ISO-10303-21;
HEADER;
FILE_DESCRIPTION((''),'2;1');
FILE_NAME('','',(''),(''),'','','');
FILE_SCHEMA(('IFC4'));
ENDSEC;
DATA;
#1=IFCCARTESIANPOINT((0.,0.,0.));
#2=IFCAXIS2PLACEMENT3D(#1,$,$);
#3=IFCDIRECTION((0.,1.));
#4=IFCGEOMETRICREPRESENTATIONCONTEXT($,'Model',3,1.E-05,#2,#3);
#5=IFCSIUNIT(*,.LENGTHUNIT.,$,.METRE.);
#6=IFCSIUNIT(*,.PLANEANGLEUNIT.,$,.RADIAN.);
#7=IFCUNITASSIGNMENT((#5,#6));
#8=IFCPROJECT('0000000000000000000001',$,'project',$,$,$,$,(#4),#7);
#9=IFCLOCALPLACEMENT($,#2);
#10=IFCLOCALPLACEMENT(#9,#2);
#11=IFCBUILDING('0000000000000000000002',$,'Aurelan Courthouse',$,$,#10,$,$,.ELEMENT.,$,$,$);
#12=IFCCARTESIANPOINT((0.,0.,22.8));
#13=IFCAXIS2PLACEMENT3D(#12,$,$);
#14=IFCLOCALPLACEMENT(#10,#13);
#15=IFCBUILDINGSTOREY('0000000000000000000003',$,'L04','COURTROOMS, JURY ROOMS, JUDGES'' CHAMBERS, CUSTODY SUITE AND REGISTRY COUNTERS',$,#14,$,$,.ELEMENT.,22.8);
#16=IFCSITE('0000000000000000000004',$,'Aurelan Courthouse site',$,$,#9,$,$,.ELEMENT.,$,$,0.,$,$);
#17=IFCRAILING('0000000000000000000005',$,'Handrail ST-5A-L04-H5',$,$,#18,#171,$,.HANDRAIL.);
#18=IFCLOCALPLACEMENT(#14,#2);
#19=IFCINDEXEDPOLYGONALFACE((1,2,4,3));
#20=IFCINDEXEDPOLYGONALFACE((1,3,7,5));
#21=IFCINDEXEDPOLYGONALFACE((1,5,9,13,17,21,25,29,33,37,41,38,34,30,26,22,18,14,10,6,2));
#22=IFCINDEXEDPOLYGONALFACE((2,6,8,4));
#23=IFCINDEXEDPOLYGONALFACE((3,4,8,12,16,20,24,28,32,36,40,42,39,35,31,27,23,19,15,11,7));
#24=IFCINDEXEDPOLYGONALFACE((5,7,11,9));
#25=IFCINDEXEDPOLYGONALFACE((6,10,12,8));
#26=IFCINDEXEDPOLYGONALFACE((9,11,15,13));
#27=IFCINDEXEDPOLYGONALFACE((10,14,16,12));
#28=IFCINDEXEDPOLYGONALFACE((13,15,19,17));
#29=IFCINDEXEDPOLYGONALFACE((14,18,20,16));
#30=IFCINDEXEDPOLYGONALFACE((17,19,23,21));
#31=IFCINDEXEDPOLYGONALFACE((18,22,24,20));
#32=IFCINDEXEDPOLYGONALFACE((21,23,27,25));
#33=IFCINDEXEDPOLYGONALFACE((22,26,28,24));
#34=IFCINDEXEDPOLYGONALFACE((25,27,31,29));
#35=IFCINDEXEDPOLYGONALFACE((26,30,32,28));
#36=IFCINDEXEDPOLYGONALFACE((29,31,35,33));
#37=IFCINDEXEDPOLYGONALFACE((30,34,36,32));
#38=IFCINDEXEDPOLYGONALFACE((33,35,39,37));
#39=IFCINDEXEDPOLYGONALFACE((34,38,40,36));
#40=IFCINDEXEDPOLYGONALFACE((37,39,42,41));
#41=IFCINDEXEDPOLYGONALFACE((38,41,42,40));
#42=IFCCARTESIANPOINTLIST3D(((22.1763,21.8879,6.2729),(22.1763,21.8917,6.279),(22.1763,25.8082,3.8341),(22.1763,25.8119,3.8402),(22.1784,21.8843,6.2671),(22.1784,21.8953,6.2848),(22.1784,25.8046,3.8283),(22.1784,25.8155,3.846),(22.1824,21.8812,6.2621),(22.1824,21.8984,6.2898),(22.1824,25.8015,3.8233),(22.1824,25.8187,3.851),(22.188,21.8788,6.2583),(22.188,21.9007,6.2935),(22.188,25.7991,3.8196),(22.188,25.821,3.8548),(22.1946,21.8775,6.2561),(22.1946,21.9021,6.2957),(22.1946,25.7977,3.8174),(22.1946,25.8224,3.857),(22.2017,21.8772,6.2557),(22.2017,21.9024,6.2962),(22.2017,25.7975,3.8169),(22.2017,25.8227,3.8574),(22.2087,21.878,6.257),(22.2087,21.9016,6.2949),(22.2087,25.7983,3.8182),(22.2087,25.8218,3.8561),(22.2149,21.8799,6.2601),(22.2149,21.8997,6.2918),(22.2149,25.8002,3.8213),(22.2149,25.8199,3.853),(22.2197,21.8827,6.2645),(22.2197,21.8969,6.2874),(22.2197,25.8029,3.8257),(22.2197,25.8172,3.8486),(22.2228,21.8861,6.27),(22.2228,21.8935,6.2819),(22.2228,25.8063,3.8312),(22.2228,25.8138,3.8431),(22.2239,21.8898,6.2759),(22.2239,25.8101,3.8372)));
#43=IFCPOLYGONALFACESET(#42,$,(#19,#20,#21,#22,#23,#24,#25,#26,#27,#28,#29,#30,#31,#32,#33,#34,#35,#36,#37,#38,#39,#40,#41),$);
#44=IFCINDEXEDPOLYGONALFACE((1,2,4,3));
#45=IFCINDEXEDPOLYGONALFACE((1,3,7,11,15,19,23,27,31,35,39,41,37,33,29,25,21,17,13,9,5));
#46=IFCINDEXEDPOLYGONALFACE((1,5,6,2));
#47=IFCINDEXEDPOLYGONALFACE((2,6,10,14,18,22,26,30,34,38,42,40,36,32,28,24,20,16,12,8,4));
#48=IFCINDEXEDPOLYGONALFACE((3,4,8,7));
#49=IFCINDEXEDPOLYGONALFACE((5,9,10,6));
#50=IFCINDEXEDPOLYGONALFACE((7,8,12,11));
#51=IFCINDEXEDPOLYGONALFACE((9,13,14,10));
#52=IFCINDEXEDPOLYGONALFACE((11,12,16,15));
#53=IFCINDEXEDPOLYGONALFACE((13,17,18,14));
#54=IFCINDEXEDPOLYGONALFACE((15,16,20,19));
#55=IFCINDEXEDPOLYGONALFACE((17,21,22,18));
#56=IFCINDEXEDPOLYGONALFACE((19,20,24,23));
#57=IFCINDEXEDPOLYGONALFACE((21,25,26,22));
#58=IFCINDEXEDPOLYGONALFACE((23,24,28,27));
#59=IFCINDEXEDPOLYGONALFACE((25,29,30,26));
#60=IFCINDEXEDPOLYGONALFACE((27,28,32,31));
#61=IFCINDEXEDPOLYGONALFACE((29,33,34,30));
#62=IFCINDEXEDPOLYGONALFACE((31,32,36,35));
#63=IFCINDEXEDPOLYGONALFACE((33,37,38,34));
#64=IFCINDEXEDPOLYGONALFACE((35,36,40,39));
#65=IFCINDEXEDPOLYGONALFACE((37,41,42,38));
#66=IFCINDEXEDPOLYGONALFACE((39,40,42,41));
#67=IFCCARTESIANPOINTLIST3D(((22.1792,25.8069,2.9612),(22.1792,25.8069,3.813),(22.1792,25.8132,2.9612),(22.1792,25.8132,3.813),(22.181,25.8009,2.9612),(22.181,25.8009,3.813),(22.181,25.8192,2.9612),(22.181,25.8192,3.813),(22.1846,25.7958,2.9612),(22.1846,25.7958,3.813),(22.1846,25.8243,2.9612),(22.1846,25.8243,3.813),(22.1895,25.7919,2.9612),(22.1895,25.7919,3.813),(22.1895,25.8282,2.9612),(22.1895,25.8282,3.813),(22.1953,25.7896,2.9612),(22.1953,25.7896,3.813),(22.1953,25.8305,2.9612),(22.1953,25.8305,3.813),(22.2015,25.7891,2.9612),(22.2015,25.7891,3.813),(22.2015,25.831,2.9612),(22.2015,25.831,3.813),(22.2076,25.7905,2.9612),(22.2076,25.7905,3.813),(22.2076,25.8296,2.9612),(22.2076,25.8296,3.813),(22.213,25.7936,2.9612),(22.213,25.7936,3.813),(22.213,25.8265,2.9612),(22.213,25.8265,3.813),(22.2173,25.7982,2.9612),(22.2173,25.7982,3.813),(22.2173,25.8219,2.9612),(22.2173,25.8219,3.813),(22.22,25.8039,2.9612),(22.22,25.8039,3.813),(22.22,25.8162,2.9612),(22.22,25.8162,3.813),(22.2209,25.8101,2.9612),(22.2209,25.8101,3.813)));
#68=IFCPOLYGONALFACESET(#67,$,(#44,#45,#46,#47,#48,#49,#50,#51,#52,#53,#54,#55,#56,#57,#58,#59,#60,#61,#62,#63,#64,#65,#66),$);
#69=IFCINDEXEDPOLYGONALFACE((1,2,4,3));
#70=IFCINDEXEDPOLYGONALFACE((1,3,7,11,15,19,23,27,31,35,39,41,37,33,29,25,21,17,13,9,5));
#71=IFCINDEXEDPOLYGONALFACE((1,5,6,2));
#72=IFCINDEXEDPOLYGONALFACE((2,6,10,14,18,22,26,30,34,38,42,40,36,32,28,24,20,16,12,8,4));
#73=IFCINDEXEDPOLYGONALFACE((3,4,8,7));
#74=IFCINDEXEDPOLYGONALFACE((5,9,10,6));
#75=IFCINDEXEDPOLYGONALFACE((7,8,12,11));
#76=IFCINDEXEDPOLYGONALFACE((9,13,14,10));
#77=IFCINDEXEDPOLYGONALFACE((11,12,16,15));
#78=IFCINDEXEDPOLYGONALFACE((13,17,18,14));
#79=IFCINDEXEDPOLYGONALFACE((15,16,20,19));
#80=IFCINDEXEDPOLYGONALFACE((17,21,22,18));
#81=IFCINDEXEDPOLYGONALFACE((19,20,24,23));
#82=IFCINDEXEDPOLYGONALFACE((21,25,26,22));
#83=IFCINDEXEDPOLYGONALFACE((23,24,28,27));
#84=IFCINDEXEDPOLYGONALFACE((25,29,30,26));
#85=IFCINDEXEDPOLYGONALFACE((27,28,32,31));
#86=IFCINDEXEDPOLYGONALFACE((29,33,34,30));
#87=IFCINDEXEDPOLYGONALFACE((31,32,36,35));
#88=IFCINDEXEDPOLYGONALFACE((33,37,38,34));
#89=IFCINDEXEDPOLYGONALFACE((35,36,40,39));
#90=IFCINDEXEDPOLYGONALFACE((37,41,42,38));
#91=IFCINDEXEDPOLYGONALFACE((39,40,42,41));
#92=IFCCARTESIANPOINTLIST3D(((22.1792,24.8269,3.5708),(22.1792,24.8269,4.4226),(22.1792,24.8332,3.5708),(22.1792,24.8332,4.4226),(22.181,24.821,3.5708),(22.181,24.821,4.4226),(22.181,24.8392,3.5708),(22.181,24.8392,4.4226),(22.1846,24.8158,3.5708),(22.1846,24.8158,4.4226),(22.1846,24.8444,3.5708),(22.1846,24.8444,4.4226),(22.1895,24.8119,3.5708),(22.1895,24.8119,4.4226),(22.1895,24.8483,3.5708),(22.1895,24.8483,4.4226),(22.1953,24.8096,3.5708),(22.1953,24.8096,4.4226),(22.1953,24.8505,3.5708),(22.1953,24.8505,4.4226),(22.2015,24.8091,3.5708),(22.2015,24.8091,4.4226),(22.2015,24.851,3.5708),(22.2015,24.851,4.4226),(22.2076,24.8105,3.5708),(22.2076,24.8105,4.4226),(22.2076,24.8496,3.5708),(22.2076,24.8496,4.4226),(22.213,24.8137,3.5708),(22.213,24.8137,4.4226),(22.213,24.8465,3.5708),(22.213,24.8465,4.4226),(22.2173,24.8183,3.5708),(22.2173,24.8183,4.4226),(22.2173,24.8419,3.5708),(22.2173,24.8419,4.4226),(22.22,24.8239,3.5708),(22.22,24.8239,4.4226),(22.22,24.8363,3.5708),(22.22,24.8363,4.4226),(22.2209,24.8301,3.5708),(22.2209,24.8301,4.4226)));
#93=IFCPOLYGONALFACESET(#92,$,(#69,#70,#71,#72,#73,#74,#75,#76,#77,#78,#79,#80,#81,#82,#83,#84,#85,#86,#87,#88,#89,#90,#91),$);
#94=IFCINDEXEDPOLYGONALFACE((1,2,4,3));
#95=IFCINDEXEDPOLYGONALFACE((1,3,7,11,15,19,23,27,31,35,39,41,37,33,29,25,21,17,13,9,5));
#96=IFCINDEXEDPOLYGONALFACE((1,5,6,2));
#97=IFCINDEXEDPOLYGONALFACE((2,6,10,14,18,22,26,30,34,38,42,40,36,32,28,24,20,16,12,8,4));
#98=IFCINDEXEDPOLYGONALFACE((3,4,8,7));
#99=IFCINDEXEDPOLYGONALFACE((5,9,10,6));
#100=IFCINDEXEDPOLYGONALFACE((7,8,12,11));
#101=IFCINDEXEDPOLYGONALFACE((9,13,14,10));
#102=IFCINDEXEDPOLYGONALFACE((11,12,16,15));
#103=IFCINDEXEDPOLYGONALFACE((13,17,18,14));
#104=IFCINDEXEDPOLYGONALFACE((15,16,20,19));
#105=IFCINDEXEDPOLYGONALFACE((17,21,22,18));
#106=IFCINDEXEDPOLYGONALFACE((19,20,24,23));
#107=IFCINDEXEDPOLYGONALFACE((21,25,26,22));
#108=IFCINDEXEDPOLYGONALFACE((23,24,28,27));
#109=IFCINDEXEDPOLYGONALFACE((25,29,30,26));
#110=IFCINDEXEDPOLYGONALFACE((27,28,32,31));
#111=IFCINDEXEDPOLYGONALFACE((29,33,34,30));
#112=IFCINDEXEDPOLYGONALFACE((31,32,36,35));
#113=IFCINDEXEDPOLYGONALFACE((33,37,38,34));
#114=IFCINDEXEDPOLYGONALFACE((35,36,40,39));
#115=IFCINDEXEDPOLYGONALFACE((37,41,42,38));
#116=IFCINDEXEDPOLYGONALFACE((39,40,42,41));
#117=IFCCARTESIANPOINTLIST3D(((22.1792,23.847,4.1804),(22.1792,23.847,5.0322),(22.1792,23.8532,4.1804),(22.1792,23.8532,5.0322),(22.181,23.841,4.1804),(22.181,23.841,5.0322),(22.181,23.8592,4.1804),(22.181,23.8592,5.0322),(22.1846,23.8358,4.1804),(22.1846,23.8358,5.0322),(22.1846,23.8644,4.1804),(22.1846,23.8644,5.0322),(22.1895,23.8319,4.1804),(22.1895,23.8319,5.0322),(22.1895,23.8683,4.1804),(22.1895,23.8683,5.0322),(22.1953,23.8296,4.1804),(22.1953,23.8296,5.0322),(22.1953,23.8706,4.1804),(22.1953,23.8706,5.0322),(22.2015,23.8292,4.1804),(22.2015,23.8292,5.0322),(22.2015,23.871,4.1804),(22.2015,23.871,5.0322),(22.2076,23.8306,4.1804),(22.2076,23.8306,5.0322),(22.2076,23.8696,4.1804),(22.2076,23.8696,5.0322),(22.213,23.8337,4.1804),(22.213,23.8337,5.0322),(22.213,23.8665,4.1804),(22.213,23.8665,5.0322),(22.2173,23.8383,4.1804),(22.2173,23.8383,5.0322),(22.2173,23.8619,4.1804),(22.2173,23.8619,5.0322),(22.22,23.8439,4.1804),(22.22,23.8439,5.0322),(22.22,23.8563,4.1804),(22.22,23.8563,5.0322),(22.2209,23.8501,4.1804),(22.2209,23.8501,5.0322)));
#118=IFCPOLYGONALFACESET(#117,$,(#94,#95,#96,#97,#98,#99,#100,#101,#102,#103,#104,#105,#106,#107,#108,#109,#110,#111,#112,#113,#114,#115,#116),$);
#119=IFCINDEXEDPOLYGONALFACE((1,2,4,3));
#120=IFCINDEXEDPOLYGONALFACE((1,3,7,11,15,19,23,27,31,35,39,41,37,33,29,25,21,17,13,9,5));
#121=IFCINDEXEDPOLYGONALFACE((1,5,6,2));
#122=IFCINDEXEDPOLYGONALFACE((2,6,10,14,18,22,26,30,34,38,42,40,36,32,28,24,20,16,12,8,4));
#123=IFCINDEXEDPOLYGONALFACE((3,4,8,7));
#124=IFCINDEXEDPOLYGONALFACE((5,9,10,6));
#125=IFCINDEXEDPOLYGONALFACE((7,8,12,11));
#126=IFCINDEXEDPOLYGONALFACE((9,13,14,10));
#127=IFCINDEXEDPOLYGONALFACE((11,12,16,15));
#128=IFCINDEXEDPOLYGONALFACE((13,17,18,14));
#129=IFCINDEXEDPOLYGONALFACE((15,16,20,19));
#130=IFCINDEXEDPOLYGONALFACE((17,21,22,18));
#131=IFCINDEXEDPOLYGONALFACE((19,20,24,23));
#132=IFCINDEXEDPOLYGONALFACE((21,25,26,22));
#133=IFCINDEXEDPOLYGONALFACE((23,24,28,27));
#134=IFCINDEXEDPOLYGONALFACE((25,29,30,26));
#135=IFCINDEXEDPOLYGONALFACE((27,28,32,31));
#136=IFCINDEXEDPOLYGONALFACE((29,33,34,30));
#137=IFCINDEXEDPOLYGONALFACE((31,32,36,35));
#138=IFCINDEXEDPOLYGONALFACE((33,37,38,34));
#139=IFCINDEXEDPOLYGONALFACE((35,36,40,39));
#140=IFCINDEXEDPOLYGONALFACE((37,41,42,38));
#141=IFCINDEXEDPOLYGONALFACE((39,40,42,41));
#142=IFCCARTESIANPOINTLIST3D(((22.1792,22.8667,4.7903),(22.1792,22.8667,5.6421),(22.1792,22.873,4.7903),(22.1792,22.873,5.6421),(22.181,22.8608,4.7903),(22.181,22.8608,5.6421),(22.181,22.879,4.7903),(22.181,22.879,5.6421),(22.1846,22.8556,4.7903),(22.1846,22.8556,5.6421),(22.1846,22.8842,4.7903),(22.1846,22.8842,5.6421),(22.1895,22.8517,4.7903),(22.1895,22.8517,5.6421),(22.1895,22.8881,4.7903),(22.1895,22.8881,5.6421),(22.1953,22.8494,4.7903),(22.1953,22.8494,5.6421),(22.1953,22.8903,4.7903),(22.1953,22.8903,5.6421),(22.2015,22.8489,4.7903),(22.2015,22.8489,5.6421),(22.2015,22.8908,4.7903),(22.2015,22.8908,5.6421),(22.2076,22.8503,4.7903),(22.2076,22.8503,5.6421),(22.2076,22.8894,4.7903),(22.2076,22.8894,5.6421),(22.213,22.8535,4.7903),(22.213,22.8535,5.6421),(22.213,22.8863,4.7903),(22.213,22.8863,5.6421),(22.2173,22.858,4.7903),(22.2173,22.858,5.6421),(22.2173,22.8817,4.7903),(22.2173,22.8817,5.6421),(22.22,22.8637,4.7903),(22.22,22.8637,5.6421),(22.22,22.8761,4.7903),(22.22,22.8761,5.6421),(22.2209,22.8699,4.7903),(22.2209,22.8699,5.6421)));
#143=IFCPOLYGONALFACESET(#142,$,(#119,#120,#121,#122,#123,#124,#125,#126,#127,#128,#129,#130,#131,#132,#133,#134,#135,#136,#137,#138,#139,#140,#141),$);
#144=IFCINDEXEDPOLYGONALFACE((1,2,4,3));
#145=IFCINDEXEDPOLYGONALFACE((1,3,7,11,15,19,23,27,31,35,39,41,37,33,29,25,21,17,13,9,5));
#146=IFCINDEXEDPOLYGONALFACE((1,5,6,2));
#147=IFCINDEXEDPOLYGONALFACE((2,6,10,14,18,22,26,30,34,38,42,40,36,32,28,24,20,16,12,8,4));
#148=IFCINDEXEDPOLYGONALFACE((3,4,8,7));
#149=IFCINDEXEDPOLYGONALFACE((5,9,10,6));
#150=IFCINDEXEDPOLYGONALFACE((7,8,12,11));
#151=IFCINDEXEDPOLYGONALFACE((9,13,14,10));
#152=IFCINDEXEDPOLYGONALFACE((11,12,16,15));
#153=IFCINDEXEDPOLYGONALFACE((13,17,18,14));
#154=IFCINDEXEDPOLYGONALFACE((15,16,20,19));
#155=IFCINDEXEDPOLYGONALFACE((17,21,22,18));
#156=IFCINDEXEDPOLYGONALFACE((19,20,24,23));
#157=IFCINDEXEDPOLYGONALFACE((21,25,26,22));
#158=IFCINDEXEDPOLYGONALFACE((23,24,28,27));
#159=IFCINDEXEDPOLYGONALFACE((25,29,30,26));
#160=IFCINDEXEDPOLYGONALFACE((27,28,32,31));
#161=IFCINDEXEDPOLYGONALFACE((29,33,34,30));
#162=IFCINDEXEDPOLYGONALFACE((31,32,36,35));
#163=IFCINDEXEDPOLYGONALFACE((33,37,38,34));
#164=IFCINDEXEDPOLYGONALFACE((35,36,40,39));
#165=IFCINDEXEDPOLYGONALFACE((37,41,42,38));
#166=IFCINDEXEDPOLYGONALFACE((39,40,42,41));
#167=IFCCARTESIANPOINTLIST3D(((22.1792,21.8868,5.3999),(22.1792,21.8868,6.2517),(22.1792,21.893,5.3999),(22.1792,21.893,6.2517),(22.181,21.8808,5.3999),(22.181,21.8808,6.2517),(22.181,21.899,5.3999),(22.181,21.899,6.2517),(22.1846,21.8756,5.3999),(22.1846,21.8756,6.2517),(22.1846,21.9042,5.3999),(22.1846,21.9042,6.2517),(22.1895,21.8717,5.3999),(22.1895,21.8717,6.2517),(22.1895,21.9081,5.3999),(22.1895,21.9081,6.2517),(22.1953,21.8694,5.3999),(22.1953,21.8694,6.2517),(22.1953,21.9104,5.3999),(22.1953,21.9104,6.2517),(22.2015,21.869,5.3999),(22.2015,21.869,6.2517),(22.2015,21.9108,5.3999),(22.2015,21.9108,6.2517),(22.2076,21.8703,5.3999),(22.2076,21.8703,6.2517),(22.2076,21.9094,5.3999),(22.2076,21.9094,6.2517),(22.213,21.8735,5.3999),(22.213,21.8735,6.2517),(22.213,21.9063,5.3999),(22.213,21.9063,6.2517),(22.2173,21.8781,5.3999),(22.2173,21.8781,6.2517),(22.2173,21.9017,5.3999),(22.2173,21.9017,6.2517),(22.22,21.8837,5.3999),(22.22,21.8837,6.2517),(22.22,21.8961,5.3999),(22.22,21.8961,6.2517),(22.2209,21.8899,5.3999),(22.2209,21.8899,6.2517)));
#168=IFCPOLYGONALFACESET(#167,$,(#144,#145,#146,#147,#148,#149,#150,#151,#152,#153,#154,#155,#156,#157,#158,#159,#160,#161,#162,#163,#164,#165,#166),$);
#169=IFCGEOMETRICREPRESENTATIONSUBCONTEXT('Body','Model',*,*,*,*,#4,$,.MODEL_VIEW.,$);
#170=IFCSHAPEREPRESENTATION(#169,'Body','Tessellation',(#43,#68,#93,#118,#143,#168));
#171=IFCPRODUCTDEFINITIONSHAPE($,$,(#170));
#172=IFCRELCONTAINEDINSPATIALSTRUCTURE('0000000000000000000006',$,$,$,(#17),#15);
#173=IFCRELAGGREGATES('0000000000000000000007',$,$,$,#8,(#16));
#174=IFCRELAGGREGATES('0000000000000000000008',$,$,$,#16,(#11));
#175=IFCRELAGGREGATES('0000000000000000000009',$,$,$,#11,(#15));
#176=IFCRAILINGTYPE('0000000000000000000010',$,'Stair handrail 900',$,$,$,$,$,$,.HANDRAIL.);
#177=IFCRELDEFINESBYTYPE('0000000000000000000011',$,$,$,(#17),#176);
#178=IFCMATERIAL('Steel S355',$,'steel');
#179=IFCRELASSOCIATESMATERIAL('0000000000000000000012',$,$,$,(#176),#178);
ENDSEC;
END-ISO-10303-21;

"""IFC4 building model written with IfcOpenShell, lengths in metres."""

from ifc_helpers import new_model, si_unit, direction, frame, origin, origin_2d, place, context, subcontext, project, spatial, circle, extrude, material, type_object, element, save


model = new_model("IFC4")

# Units and contexts
model_context = context("Model", 3, precision=1e-05, world=origin(), true_north=direction((0.0, 1.0)))
body_context = subcontext(model_context, "Body", "Model", "MODEL_VIEW")
ifc_project = project(units=[si_unit("LENGTHUNIT", "METRE"), si_unit("PLANEANGLEUNIT", "RADIAN")], contexts=[model_context])

# Site, building, storey
site_placement = place(None, origin())
site = spatial("IfcSite", under=ifc_project, at=site_placement, Name="Aurelan Courthouse site", CompositionType="ELEMENT", RefElevation=0.0)
building_placement = place(site_placement, origin())
building = spatial("IfcBuilding", under=site, at=building_placement, Name="Aurelan Courthouse", CompositionType="ELEMENT")
storey_placement = place(building_placement, frame((0.0, 0.0, 22.8)))
storey = spatial("IfcBuildingStorey", under=building, at=storey_placement, Name="L04", Description="COURTROOMS, JURY ROOMS, JUDGES' CHAMBERS, CUSTODY SUITE AND REGISTRY COUNTERS", CompositionType="ELEMENT", Elevation=22.8)

# Railing
ifc_material_1 = material(Name="Steel S355", Category="steel")
railing_type_1 = type_object("IfcRailingType", Name="Stair handrail 900", PredefinedType="HANDRAIL", material=ifc_material_1)
for number, where, name in (
    (1, (22.2, 25.8101, 2.9612), "Handrail ST-5A-L04-H5"),
):
    element("IfcRailing", number, at=place(storey_placement, frame(where)), inside=storey, type_object=railing_type_1, Name=name, PredefinedType="HANDRAIL", context=body_context, shape_type="SweptSolid", body=[
        extrude(circle(Radius=0.0239, at=origin_2d()), frame((0.0, 0.0, 0.876), z_axis=(0.0, -0.849105, 0.528225), x_axis=(1.0, 0.0, 0.0)), (0.0, 0.0, 1.0), 4.6169),
        extrude(circle(Radius=0.021, at=origin_2d()), origin(), (0.0, 0.0, 1.0), 0.8518),
        extrude(circle(Radius=0.021, at=origin_2d()), frame((0.0, -0.98, 0.6096)), (0.0, 0.0, 1.0), 0.8518),
        extrude(circle(Radius=0.021, at=origin_2d()), frame((0.0, -1.96, 1.2192)), (0.0, 0.0, 1.0), 0.8518),
        extrude(circle(Radius=0.021, at=origin_2d()), frame((0.0, -2.9402, 1.8291)), (0.0, 0.0, 1.0), 0.8518),
        extrude(circle(Radius=0.021, at=origin_2d()), frame((0.0, -3.9202, 2.4387)), (0.0, 0.0, 1.0), 0.8518),
    ])

save(model, "model.ifc")
